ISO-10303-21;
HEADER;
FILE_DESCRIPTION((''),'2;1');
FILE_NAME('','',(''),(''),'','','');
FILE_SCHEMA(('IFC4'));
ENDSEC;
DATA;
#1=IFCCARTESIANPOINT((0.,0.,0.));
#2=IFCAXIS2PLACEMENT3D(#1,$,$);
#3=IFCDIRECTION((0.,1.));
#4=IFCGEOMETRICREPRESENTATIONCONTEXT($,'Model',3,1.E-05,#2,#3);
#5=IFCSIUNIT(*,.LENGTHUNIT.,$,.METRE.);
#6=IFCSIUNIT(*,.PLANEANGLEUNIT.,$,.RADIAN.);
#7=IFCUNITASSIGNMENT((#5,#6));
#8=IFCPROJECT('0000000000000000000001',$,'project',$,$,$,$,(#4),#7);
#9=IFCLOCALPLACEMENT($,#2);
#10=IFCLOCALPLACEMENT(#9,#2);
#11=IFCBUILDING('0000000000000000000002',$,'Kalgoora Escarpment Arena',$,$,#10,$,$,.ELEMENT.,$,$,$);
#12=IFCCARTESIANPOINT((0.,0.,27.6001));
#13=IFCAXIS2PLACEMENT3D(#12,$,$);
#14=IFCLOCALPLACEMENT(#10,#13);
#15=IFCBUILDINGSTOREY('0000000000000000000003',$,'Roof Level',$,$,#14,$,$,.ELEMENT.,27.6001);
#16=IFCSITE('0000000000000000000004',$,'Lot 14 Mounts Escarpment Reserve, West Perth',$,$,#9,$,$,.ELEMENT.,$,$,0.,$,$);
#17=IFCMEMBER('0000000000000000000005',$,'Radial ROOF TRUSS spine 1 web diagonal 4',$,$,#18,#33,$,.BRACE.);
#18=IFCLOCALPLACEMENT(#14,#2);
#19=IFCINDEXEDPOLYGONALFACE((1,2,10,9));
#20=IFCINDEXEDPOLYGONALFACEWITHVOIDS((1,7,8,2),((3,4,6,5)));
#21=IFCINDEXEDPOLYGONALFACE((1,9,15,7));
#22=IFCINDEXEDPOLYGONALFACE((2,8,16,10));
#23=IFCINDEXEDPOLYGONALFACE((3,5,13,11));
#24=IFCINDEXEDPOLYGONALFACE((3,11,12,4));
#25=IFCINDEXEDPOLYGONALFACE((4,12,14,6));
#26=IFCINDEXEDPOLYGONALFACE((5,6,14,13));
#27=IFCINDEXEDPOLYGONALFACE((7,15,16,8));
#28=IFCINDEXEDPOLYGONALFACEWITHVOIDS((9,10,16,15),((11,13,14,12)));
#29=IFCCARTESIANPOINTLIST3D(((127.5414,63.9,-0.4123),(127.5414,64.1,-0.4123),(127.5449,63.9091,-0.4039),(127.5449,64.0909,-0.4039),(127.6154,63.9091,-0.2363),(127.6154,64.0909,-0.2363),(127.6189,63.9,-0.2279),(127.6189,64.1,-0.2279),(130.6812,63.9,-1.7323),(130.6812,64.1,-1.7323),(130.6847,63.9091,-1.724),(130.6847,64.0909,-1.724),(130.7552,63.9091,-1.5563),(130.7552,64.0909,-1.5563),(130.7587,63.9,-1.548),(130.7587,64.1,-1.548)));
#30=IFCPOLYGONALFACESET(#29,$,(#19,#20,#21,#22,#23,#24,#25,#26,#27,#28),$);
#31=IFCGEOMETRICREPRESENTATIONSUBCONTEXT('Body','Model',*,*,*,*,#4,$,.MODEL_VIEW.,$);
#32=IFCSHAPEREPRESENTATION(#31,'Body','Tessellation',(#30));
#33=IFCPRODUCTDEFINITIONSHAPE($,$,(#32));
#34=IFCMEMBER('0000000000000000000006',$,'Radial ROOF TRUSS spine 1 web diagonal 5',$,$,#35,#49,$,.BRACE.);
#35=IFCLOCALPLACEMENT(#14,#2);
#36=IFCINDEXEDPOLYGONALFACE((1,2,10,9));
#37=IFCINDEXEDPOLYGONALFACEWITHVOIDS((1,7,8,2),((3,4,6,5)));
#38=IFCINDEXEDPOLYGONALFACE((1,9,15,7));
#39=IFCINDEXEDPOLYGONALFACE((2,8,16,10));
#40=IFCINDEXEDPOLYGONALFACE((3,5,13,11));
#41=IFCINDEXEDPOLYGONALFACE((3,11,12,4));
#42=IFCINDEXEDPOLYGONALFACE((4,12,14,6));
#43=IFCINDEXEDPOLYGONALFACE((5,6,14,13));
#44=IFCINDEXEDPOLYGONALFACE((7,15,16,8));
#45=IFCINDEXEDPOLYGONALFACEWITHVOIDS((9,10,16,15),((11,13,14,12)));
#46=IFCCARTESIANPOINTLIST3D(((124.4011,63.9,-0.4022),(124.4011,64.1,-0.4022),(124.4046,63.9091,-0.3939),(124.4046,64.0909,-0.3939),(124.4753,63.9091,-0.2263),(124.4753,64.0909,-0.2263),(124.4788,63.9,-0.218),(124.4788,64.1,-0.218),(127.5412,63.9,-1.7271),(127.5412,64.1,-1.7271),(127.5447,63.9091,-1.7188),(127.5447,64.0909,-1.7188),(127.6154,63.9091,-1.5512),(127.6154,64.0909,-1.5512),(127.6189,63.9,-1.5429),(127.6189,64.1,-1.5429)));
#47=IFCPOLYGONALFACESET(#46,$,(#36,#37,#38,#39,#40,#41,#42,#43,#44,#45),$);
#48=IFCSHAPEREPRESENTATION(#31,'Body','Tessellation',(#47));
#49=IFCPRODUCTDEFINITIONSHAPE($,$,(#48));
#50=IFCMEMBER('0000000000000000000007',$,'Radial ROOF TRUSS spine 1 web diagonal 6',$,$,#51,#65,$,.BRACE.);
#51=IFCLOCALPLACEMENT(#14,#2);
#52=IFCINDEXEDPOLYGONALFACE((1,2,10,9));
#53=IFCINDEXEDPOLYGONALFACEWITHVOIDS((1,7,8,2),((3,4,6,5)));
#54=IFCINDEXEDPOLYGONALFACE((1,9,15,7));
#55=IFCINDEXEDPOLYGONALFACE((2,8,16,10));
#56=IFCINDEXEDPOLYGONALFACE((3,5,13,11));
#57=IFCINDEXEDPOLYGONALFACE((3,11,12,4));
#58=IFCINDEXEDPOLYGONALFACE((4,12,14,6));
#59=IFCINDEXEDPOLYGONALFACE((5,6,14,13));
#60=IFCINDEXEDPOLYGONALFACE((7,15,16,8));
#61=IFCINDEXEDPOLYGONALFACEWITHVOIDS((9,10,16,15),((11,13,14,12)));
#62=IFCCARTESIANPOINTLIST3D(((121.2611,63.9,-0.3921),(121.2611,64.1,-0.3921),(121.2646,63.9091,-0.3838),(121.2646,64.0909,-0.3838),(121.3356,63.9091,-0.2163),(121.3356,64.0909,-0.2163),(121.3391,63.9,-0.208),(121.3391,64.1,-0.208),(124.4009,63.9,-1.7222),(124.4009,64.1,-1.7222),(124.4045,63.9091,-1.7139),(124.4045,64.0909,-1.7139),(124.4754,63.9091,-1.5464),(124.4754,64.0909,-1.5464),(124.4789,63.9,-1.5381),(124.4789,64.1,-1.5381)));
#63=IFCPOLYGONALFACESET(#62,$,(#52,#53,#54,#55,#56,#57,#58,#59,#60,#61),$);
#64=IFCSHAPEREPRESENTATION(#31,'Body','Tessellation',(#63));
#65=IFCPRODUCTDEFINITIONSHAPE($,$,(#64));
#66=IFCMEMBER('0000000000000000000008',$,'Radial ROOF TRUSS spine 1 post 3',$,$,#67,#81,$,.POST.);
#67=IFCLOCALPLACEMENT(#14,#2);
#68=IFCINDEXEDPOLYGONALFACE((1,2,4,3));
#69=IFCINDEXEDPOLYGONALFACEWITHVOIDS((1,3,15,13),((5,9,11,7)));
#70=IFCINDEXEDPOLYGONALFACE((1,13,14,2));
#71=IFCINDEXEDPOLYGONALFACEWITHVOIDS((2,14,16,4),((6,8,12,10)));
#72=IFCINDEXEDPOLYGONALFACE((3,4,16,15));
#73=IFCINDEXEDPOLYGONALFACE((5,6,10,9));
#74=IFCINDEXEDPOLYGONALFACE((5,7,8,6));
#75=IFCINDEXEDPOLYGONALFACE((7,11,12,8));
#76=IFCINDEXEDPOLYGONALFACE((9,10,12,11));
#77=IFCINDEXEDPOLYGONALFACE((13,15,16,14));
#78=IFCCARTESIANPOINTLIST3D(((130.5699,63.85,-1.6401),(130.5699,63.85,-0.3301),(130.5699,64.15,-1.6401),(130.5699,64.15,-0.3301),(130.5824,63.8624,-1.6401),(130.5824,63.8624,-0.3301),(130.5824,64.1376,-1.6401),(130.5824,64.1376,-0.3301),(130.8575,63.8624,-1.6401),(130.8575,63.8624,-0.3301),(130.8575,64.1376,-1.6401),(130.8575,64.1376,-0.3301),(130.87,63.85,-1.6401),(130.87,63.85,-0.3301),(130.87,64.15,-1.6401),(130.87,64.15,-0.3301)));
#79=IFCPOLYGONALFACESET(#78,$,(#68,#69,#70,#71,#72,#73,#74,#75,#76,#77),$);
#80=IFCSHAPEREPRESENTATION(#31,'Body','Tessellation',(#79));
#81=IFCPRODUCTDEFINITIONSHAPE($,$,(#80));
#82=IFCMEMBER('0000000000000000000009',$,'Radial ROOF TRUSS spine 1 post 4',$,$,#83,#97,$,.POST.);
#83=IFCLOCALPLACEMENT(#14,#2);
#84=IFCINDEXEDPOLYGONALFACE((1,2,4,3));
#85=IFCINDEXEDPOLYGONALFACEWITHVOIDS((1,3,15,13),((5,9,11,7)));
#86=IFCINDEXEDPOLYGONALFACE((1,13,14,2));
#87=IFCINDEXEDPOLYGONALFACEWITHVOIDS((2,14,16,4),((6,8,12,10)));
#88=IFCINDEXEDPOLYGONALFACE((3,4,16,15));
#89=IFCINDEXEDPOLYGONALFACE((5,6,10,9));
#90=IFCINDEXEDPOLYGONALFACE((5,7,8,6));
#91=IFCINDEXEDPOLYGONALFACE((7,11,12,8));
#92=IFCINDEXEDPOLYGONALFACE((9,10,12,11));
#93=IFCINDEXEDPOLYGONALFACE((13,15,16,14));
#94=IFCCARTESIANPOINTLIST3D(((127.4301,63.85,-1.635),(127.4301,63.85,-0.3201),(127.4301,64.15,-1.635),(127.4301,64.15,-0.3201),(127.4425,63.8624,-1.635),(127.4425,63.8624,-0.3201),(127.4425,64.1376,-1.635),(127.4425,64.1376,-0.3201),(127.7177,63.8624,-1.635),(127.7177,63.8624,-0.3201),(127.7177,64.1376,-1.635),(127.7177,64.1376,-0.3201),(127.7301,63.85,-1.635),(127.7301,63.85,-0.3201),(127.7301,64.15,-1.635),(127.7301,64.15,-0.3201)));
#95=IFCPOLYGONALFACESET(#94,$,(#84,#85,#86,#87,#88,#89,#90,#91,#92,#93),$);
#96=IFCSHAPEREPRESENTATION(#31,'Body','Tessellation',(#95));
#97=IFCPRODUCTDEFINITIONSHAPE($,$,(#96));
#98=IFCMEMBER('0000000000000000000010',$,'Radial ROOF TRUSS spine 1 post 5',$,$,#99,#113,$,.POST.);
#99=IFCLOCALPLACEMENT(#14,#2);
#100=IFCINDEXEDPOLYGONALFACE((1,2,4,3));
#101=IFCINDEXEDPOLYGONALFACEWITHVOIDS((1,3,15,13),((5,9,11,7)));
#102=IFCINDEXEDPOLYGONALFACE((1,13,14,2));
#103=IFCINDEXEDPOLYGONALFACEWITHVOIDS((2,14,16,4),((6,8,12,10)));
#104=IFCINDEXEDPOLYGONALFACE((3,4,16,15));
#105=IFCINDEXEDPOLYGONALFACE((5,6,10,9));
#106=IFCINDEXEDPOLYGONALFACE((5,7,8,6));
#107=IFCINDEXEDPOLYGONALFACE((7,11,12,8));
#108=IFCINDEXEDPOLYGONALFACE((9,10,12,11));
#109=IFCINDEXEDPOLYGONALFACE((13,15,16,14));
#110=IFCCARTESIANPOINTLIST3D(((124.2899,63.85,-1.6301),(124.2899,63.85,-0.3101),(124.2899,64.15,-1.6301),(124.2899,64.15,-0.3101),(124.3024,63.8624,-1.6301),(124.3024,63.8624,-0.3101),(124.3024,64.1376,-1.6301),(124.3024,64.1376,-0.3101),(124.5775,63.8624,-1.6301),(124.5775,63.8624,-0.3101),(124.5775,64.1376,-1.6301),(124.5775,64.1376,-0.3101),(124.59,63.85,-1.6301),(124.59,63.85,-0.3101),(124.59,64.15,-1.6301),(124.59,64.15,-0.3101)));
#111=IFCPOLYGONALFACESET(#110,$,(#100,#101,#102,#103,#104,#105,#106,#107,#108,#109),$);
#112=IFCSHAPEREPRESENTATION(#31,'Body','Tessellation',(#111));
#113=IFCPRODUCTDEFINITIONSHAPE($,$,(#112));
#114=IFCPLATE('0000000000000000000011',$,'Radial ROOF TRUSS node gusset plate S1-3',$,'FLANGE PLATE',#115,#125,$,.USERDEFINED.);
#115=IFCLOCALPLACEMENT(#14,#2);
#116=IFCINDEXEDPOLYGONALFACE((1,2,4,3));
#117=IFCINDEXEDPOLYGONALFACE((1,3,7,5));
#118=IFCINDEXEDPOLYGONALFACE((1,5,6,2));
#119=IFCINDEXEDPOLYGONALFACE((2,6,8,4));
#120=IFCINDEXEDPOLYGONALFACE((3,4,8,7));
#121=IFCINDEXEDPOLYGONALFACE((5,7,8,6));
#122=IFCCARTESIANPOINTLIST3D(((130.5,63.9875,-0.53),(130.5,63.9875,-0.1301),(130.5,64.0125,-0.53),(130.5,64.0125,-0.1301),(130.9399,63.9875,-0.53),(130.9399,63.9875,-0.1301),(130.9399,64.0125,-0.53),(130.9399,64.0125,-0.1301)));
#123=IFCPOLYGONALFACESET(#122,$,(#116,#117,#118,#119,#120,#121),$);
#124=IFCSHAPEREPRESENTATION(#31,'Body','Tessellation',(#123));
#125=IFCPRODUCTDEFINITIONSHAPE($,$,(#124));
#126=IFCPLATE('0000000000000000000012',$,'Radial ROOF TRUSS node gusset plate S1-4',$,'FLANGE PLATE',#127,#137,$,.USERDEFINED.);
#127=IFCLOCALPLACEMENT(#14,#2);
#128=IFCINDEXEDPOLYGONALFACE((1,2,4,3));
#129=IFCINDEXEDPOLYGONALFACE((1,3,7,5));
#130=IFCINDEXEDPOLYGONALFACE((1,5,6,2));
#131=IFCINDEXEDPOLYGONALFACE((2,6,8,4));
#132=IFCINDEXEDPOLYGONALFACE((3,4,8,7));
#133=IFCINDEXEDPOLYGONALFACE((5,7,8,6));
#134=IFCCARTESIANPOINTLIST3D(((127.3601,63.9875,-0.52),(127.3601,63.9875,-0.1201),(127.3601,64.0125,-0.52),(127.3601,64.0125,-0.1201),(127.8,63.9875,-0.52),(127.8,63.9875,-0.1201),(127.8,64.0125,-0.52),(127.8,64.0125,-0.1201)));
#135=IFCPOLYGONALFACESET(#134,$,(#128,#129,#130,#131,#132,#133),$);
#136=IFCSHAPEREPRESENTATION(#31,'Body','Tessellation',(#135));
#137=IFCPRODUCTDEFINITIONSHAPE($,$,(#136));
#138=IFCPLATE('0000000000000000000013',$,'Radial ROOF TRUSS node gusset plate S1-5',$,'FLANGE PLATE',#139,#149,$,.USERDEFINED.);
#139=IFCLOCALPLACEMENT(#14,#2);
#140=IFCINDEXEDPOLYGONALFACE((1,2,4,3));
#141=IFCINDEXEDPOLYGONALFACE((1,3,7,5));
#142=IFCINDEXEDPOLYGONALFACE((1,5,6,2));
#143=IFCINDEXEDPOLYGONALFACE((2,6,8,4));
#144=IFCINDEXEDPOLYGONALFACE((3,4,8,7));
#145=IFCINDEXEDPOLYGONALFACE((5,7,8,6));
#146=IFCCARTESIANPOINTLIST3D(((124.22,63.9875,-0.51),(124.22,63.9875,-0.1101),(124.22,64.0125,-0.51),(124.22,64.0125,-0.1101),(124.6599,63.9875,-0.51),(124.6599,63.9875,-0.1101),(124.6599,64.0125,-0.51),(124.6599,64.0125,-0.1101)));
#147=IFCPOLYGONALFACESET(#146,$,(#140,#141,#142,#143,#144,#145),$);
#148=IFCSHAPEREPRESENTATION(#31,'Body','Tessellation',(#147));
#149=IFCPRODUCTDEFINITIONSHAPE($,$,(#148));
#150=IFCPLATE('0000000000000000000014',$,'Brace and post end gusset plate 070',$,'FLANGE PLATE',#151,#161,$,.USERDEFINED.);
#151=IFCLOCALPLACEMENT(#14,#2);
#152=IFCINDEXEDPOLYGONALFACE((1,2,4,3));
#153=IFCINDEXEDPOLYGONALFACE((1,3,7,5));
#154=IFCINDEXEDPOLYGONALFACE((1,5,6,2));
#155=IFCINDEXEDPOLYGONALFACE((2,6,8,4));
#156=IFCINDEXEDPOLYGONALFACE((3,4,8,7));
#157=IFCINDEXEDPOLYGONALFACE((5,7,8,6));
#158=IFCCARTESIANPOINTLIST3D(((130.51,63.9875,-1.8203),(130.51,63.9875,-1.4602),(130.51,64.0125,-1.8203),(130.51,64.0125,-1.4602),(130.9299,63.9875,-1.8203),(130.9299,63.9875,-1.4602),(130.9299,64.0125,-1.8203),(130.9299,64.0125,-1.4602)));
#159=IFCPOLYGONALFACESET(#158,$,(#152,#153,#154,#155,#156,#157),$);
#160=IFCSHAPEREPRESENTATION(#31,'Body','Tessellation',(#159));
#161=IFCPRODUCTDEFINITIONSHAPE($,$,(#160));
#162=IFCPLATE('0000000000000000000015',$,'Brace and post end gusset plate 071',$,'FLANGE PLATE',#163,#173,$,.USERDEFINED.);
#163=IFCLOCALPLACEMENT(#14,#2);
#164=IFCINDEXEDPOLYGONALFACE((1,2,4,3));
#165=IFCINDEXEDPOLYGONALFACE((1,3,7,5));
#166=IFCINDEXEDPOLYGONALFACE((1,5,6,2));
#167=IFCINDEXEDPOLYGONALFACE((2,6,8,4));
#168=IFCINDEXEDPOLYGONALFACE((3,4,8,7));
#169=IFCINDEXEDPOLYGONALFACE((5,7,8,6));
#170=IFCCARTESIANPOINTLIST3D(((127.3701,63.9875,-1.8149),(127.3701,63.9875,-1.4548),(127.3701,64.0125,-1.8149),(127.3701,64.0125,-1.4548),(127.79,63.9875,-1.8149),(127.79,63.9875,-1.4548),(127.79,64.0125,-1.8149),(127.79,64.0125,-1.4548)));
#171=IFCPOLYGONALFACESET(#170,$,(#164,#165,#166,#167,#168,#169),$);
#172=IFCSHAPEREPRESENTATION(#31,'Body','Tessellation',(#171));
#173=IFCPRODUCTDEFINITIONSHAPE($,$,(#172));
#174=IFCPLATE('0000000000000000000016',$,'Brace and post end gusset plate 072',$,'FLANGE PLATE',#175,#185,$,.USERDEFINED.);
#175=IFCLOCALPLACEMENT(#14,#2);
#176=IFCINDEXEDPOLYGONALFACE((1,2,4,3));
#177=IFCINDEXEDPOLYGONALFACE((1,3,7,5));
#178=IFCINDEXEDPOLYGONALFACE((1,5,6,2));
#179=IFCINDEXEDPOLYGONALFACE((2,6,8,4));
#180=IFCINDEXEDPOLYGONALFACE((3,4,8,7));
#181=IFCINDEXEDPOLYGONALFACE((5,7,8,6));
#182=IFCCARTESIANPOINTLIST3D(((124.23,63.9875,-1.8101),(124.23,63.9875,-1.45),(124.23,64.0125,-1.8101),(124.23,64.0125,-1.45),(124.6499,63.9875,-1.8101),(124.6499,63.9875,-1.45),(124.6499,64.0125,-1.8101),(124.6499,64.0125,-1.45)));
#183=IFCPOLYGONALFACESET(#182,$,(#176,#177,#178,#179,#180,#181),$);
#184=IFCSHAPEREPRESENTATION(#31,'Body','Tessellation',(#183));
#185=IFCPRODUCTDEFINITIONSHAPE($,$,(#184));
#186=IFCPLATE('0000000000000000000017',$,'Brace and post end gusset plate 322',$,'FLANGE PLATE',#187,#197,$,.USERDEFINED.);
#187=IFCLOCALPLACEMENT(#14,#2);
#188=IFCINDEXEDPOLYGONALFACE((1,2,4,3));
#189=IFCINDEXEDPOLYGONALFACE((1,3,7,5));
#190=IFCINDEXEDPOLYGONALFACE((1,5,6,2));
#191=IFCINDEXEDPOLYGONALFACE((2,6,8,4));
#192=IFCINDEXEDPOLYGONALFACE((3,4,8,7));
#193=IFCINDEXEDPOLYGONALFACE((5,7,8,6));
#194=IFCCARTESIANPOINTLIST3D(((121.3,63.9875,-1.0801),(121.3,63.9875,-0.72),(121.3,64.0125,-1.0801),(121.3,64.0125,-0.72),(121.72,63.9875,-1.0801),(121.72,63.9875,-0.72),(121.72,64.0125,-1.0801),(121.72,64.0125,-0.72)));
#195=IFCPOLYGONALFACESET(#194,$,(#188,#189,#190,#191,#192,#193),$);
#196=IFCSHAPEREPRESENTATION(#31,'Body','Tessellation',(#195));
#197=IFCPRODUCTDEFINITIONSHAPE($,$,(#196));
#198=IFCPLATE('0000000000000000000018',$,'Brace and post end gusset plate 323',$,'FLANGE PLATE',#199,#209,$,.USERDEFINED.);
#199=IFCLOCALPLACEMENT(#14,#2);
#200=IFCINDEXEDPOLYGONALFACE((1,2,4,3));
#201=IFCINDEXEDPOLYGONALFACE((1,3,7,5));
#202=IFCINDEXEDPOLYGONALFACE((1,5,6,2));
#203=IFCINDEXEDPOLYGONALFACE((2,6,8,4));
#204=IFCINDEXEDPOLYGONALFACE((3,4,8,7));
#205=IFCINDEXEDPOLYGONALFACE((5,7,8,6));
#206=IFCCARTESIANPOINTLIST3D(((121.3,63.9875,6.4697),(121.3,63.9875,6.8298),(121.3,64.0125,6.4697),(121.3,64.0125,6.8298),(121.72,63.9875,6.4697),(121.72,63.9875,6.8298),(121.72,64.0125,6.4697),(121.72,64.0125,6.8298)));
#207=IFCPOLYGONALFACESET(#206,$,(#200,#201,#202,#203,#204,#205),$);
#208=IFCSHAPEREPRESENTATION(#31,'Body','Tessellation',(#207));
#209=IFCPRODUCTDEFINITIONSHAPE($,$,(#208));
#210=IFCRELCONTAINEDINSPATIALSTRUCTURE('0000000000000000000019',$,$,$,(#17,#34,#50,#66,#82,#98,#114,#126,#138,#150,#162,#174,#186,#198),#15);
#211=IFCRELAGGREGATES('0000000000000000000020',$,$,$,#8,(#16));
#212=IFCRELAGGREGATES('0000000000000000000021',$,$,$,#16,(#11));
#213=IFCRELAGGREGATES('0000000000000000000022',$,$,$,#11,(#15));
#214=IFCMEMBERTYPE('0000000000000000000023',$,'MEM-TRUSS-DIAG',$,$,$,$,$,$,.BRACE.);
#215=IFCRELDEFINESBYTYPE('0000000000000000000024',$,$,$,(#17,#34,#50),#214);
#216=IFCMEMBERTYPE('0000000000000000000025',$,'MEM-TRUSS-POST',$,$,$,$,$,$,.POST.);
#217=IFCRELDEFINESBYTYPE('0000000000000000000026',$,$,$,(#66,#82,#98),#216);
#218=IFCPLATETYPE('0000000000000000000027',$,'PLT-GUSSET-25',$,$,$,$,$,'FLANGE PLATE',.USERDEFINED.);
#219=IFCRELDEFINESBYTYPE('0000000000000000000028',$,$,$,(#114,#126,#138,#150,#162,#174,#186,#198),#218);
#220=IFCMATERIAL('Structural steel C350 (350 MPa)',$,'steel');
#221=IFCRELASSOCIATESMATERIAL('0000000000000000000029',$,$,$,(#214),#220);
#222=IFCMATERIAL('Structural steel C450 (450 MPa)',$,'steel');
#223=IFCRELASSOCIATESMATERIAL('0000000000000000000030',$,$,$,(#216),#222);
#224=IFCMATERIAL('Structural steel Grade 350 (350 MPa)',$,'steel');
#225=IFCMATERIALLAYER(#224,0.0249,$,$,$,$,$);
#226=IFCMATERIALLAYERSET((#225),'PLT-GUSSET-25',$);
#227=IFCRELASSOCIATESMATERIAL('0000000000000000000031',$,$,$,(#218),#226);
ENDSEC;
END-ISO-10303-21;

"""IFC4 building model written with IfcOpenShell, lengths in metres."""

from ifc_helpers import new_model, si_unit, direction, frame, origin, origin_2d, place, context, subcontext, project, spatial, rectangle, hollow_rectangle, extrude, material, layer, layer_set, material_profile, profile_set, type_object, element, save


model = new_model("IFC4")

# Units and contexts
model_context = context("Model", 3, precision=1e-05, world=origin(), true_north=direction((0.0, 1.0)))
body_context = subcontext(model_context, "Body", "Model", "MODEL_VIEW")
ifc_project = project(units=[si_unit("LENGTHUNIT", "METRE"), si_unit("PLANEANGLEUNIT", "RADIAN")], contexts=[model_context])

# Site, building, storey
site_placement = place(None, origin())
site = spatial("IfcSite", under=ifc_project, at=site_placement, Name="Lot 14 Mounts Escarpment Reserve, West Perth", CompositionType="ELEMENT", RefElevation=0.0)
building_placement = place(site_placement, origin())
building = spatial("IfcBuilding", under=site, at=building_placement, Name="Kalgoora Escarpment Arena", CompositionType="ELEMENT")
storey_placement = place(building_placement, frame((0.0, 0.0, 27.6001)))
storey = spatial("IfcBuildingStorey", under=building, at=storey_placement, Name="Roof Level", CompositionType="ELEMENT", Elevation=27.6001)

# Members
ifc_material_1 = material(Name="Structural steel C350 (350 MPa)", Category="steel")
ifc_material_profile_1 = material_profile(ifc_material_1, hollow_rectangle(XDim=0.2, YDim=0.2, WallThickness=0.009, at=origin_2d()))
ifc_profile_set_1 = profile_set([ifc_material_profile_1], Name="Structural steel C350 (350 MPa)")
member_type_1 = type_object("IfcMemberType", Name="MEM-TRUSS-DIAG", PredefinedType="BRACE", material=ifc_profile_set_1)
member_1_placement = place(storey_placement, frame((130.72, 64.0, -1.6401), z_axis=(-0.921844, 0.0, 0.38756), x_axis=(0.0, 1.0, 0.0)))
element("IfcMember", 1, at=member_1_placement, inside=storey, type_object=member_type_1, Name="Radial ROOF TRUSS spine 1 web diagonal 4", PredefinedType="BRACE", context=body_context, shape_type="SweptSolid", body=[
    extrude(hollow_rectangle(XDim=0.2, YDim=0.2, WallThickness=0.009, at=origin_2d()), origin(), (0.0, 0.0, 1.0), 3.406),
])
member_2_placement = place(storey_placement, frame((127.5801, 64.0, -1.635), z_axis=(-0.921343, 0.0, 0.388752), x_axis=(0.0, 1.0, 0.0)))
element("IfcMember", 2, at=member_2_placement, inside=storey, type_object=member_type_1, Name="Radial ROOF TRUSS spine 1 web diagonal 5", PredefinedType="BRACE", context=body_context, shape_type="SweptSolid", body=[
    extrude(hollow_rectangle(XDim=0.2, YDim=0.2, WallThickness=0.009, at=origin_2d()), origin(), (0.0, 0.0, 1.0), 3.4082),
])
member_3_placement = place(storey_placement, frame((124.4399, 64.0, -1.6301), z_axis=(-0.920792, 0.0, 0.390053), x_axis=(0.0, 1.0, 0.0)))
element("IfcMember", 3, at=member_3_placement, inside=storey, type_object=member_type_1, Name="Radial ROOF TRUSS spine 1 web diagonal 6", PredefinedType="BRACE", context=body_context, shape_type="SweptSolid", body=[
    extrude(hollow_rectangle(XDim=0.2, YDim=0.2, WallThickness=0.009, at=origin_2d()), origin(), (0.0, 0.0, 1.0), 3.4099),
])
ifc_material_2 = material(Name="Structural steel C450 (450 MPa)", Category="steel")
ifc_material_profile_2 = material_profile(ifc_material_2, hollow_rectangle(XDim=0.3, YDim=0.3, WallThickness=0.0125, at=origin_2d()))
ifc_profile_set_2 = profile_set([ifc_material_profile_2], Name="Structural steel C450 (450 MPa)")
member_type_2 = type_object("IfcMemberType", Name="MEM-TRUSS-POST", PredefinedType="POST", material=ifc_profile_set_2)
member_4_placement = place(storey_placement, frame((130.72, 64.0, -1.6401), z_axis=(0.0, 0.0, 1.0), x_axis=(-1.0, 0.0, 0.0)))
element("IfcMember", 4, at=member_4_placement, inside=storey, type_object=member_type_2, Name="Radial ROOF TRUSS spine 1 post 3", PredefinedType="POST", context=body_context, shape_type="SweptSolid", body=[
    extrude(hollow_rectangle(XDim=0.3, YDim=0.3, WallThickness=0.0125, at=origin_2d()), origin(), (0.0, 0.0, 1.0), 1.3101),
])
member_5_placement = place(storey_placement, frame((127.5801, 64.0, -1.635), z_axis=(0.0, 0.0, 1.0), x_axis=(-1.0, 0.0, 0.0)))
element("IfcMember", 5, at=member_5_placement, inside=storey, type_object=member_type_2, Name="Radial ROOF TRUSS spine 1 post 4", PredefinedType="POST", context=body_context, shape_type="SweptSolid", body=[
    extrude(hollow_rectangle(XDim=0.3, YDim=0.3, WallThickness=0.0125, at=origin_2d()), origin(), (0.0, 0.0, 1.0), 1.3149),
])
member_6_placement = place(storey_placement, frame((124.4399, 64.0, -1.6301), z_axis=(0.0, 0.0, 1.0), x_axis=(-1.0, 0.0, 0.0)))
element("IfcMember", 6, at=member_6_placement, inside=storey, type_object=member_type_2, Name="Radial ROOF TRUSS spine 1 post 5", PredefinedType="POST", context=body_context, shape_type="SweptSolid", body=[
    extrude(hollow_rectangle(XDim=0.3, YDim=0.3, WallThickness=0.0125, at=origin_2d()), origin(), (0.0, 0.0, 1.0), 1.3201),
])

# Plates
ifc_material_3 = material(Name="Structural steel Grade 350 (350 MPa)", Category="steel")
ifc_layer_1 = layer(ifc_material_3, 0.0249)
ifc_layer_set_1 = layer_set([ifc_layer_1], Name="PLT-GUSSET-25")
plate_type_1 = type_object("IfcPlateType", Name="PLT-GUSSET-25", ElementType="FLANGE PLATE", PredefinedType="USERDEFINED", material=ifc_layer_set_1)
for number, where, z_axis, x_axis, name in (
    (7, (130.72, 64.0, -0.53), (0.0, 0.0, 1.0), (-1.0, 0.0, 0.0), "Radial ROOF TRUSS node gusset plate S1-3"),
    (8, (127.5801, 64.0, -0.52), (0.0, 0.0, 1.0), (-1.0, 0.0, 0.0), "Radial ROOF TRUSS node gusset plate S1-4"),
    (9, (124.4399, 64.0, -0.51), (0.0, 0.0, 1.0), (-1.0, 0.0, 0.0), "Radial ROOF TRUSS node gusset plate S1-5"),
):
    element("IfcPlate", number, at=place(storey_placement, frame(where, z_axis=z_axis, x_axis=x_axis)), inside=storey, type_object=plate_type_1, Name=name, ObjectType="FLANGE PLATE", PredefinedType="USERDEFINED", context=body_context, shape_type="SweptSolid", body=[
        extrude(rectangle(XDim=0.4399, YDim=0.0249, at=origin_2d()), origin(), (0.0, 0.0, 1.0), 0.3999),
    ])
for number, where, z_axis, x_axis, name in (
    (10, (130.72, 64.0, -1.8203), (0.0, 0.0, 1.0), (1.0, 0.0, 0.0), "Brace and post end gusset plate 070"),
    (11, (127.5801, 64.0, -1.8149), (0.0, 0.0, 1.0), (1.0, 0.0, 0.0), "Brace and post end gusset plate 071"),
    (12, (124.4399, 64.0, -1.8101), (0.0, 0.0, 1.0), (1.0, 0.0, 0.0), "Brace and post end gusset plate 072"),
    (13, (121.51, 64.0, -1.0801), (0.0, 0.0, 1.0), (1.0, 0.0, 0.0), "Brace and post end gusset plate 322"),
    (14, (121.51, 64.0, 6.4697), (0.0, 0.0, 1.0), (1.0, 0.0, 0.0), "Brace and post end gusset plate 323"),
):
    element("IfcPlate", number, at=place(storey_placement, frame(where, z_axis=z_axis, x_axis=x_axis)), inside=storey, type_object=plate_type_1, Name=name, ObjectType="FLANGE PLATE", PredefinedType="USERDEFINED", context=body_context, shape_type="SweptSolid", body=[
        extrude(rectangle(XDim=0.4199, YDim=0.0249, at=origin_2d()), origin(), (0.0, 0.0, 1.0), 0.3601),
    ])

save(model, "model.ifc")
